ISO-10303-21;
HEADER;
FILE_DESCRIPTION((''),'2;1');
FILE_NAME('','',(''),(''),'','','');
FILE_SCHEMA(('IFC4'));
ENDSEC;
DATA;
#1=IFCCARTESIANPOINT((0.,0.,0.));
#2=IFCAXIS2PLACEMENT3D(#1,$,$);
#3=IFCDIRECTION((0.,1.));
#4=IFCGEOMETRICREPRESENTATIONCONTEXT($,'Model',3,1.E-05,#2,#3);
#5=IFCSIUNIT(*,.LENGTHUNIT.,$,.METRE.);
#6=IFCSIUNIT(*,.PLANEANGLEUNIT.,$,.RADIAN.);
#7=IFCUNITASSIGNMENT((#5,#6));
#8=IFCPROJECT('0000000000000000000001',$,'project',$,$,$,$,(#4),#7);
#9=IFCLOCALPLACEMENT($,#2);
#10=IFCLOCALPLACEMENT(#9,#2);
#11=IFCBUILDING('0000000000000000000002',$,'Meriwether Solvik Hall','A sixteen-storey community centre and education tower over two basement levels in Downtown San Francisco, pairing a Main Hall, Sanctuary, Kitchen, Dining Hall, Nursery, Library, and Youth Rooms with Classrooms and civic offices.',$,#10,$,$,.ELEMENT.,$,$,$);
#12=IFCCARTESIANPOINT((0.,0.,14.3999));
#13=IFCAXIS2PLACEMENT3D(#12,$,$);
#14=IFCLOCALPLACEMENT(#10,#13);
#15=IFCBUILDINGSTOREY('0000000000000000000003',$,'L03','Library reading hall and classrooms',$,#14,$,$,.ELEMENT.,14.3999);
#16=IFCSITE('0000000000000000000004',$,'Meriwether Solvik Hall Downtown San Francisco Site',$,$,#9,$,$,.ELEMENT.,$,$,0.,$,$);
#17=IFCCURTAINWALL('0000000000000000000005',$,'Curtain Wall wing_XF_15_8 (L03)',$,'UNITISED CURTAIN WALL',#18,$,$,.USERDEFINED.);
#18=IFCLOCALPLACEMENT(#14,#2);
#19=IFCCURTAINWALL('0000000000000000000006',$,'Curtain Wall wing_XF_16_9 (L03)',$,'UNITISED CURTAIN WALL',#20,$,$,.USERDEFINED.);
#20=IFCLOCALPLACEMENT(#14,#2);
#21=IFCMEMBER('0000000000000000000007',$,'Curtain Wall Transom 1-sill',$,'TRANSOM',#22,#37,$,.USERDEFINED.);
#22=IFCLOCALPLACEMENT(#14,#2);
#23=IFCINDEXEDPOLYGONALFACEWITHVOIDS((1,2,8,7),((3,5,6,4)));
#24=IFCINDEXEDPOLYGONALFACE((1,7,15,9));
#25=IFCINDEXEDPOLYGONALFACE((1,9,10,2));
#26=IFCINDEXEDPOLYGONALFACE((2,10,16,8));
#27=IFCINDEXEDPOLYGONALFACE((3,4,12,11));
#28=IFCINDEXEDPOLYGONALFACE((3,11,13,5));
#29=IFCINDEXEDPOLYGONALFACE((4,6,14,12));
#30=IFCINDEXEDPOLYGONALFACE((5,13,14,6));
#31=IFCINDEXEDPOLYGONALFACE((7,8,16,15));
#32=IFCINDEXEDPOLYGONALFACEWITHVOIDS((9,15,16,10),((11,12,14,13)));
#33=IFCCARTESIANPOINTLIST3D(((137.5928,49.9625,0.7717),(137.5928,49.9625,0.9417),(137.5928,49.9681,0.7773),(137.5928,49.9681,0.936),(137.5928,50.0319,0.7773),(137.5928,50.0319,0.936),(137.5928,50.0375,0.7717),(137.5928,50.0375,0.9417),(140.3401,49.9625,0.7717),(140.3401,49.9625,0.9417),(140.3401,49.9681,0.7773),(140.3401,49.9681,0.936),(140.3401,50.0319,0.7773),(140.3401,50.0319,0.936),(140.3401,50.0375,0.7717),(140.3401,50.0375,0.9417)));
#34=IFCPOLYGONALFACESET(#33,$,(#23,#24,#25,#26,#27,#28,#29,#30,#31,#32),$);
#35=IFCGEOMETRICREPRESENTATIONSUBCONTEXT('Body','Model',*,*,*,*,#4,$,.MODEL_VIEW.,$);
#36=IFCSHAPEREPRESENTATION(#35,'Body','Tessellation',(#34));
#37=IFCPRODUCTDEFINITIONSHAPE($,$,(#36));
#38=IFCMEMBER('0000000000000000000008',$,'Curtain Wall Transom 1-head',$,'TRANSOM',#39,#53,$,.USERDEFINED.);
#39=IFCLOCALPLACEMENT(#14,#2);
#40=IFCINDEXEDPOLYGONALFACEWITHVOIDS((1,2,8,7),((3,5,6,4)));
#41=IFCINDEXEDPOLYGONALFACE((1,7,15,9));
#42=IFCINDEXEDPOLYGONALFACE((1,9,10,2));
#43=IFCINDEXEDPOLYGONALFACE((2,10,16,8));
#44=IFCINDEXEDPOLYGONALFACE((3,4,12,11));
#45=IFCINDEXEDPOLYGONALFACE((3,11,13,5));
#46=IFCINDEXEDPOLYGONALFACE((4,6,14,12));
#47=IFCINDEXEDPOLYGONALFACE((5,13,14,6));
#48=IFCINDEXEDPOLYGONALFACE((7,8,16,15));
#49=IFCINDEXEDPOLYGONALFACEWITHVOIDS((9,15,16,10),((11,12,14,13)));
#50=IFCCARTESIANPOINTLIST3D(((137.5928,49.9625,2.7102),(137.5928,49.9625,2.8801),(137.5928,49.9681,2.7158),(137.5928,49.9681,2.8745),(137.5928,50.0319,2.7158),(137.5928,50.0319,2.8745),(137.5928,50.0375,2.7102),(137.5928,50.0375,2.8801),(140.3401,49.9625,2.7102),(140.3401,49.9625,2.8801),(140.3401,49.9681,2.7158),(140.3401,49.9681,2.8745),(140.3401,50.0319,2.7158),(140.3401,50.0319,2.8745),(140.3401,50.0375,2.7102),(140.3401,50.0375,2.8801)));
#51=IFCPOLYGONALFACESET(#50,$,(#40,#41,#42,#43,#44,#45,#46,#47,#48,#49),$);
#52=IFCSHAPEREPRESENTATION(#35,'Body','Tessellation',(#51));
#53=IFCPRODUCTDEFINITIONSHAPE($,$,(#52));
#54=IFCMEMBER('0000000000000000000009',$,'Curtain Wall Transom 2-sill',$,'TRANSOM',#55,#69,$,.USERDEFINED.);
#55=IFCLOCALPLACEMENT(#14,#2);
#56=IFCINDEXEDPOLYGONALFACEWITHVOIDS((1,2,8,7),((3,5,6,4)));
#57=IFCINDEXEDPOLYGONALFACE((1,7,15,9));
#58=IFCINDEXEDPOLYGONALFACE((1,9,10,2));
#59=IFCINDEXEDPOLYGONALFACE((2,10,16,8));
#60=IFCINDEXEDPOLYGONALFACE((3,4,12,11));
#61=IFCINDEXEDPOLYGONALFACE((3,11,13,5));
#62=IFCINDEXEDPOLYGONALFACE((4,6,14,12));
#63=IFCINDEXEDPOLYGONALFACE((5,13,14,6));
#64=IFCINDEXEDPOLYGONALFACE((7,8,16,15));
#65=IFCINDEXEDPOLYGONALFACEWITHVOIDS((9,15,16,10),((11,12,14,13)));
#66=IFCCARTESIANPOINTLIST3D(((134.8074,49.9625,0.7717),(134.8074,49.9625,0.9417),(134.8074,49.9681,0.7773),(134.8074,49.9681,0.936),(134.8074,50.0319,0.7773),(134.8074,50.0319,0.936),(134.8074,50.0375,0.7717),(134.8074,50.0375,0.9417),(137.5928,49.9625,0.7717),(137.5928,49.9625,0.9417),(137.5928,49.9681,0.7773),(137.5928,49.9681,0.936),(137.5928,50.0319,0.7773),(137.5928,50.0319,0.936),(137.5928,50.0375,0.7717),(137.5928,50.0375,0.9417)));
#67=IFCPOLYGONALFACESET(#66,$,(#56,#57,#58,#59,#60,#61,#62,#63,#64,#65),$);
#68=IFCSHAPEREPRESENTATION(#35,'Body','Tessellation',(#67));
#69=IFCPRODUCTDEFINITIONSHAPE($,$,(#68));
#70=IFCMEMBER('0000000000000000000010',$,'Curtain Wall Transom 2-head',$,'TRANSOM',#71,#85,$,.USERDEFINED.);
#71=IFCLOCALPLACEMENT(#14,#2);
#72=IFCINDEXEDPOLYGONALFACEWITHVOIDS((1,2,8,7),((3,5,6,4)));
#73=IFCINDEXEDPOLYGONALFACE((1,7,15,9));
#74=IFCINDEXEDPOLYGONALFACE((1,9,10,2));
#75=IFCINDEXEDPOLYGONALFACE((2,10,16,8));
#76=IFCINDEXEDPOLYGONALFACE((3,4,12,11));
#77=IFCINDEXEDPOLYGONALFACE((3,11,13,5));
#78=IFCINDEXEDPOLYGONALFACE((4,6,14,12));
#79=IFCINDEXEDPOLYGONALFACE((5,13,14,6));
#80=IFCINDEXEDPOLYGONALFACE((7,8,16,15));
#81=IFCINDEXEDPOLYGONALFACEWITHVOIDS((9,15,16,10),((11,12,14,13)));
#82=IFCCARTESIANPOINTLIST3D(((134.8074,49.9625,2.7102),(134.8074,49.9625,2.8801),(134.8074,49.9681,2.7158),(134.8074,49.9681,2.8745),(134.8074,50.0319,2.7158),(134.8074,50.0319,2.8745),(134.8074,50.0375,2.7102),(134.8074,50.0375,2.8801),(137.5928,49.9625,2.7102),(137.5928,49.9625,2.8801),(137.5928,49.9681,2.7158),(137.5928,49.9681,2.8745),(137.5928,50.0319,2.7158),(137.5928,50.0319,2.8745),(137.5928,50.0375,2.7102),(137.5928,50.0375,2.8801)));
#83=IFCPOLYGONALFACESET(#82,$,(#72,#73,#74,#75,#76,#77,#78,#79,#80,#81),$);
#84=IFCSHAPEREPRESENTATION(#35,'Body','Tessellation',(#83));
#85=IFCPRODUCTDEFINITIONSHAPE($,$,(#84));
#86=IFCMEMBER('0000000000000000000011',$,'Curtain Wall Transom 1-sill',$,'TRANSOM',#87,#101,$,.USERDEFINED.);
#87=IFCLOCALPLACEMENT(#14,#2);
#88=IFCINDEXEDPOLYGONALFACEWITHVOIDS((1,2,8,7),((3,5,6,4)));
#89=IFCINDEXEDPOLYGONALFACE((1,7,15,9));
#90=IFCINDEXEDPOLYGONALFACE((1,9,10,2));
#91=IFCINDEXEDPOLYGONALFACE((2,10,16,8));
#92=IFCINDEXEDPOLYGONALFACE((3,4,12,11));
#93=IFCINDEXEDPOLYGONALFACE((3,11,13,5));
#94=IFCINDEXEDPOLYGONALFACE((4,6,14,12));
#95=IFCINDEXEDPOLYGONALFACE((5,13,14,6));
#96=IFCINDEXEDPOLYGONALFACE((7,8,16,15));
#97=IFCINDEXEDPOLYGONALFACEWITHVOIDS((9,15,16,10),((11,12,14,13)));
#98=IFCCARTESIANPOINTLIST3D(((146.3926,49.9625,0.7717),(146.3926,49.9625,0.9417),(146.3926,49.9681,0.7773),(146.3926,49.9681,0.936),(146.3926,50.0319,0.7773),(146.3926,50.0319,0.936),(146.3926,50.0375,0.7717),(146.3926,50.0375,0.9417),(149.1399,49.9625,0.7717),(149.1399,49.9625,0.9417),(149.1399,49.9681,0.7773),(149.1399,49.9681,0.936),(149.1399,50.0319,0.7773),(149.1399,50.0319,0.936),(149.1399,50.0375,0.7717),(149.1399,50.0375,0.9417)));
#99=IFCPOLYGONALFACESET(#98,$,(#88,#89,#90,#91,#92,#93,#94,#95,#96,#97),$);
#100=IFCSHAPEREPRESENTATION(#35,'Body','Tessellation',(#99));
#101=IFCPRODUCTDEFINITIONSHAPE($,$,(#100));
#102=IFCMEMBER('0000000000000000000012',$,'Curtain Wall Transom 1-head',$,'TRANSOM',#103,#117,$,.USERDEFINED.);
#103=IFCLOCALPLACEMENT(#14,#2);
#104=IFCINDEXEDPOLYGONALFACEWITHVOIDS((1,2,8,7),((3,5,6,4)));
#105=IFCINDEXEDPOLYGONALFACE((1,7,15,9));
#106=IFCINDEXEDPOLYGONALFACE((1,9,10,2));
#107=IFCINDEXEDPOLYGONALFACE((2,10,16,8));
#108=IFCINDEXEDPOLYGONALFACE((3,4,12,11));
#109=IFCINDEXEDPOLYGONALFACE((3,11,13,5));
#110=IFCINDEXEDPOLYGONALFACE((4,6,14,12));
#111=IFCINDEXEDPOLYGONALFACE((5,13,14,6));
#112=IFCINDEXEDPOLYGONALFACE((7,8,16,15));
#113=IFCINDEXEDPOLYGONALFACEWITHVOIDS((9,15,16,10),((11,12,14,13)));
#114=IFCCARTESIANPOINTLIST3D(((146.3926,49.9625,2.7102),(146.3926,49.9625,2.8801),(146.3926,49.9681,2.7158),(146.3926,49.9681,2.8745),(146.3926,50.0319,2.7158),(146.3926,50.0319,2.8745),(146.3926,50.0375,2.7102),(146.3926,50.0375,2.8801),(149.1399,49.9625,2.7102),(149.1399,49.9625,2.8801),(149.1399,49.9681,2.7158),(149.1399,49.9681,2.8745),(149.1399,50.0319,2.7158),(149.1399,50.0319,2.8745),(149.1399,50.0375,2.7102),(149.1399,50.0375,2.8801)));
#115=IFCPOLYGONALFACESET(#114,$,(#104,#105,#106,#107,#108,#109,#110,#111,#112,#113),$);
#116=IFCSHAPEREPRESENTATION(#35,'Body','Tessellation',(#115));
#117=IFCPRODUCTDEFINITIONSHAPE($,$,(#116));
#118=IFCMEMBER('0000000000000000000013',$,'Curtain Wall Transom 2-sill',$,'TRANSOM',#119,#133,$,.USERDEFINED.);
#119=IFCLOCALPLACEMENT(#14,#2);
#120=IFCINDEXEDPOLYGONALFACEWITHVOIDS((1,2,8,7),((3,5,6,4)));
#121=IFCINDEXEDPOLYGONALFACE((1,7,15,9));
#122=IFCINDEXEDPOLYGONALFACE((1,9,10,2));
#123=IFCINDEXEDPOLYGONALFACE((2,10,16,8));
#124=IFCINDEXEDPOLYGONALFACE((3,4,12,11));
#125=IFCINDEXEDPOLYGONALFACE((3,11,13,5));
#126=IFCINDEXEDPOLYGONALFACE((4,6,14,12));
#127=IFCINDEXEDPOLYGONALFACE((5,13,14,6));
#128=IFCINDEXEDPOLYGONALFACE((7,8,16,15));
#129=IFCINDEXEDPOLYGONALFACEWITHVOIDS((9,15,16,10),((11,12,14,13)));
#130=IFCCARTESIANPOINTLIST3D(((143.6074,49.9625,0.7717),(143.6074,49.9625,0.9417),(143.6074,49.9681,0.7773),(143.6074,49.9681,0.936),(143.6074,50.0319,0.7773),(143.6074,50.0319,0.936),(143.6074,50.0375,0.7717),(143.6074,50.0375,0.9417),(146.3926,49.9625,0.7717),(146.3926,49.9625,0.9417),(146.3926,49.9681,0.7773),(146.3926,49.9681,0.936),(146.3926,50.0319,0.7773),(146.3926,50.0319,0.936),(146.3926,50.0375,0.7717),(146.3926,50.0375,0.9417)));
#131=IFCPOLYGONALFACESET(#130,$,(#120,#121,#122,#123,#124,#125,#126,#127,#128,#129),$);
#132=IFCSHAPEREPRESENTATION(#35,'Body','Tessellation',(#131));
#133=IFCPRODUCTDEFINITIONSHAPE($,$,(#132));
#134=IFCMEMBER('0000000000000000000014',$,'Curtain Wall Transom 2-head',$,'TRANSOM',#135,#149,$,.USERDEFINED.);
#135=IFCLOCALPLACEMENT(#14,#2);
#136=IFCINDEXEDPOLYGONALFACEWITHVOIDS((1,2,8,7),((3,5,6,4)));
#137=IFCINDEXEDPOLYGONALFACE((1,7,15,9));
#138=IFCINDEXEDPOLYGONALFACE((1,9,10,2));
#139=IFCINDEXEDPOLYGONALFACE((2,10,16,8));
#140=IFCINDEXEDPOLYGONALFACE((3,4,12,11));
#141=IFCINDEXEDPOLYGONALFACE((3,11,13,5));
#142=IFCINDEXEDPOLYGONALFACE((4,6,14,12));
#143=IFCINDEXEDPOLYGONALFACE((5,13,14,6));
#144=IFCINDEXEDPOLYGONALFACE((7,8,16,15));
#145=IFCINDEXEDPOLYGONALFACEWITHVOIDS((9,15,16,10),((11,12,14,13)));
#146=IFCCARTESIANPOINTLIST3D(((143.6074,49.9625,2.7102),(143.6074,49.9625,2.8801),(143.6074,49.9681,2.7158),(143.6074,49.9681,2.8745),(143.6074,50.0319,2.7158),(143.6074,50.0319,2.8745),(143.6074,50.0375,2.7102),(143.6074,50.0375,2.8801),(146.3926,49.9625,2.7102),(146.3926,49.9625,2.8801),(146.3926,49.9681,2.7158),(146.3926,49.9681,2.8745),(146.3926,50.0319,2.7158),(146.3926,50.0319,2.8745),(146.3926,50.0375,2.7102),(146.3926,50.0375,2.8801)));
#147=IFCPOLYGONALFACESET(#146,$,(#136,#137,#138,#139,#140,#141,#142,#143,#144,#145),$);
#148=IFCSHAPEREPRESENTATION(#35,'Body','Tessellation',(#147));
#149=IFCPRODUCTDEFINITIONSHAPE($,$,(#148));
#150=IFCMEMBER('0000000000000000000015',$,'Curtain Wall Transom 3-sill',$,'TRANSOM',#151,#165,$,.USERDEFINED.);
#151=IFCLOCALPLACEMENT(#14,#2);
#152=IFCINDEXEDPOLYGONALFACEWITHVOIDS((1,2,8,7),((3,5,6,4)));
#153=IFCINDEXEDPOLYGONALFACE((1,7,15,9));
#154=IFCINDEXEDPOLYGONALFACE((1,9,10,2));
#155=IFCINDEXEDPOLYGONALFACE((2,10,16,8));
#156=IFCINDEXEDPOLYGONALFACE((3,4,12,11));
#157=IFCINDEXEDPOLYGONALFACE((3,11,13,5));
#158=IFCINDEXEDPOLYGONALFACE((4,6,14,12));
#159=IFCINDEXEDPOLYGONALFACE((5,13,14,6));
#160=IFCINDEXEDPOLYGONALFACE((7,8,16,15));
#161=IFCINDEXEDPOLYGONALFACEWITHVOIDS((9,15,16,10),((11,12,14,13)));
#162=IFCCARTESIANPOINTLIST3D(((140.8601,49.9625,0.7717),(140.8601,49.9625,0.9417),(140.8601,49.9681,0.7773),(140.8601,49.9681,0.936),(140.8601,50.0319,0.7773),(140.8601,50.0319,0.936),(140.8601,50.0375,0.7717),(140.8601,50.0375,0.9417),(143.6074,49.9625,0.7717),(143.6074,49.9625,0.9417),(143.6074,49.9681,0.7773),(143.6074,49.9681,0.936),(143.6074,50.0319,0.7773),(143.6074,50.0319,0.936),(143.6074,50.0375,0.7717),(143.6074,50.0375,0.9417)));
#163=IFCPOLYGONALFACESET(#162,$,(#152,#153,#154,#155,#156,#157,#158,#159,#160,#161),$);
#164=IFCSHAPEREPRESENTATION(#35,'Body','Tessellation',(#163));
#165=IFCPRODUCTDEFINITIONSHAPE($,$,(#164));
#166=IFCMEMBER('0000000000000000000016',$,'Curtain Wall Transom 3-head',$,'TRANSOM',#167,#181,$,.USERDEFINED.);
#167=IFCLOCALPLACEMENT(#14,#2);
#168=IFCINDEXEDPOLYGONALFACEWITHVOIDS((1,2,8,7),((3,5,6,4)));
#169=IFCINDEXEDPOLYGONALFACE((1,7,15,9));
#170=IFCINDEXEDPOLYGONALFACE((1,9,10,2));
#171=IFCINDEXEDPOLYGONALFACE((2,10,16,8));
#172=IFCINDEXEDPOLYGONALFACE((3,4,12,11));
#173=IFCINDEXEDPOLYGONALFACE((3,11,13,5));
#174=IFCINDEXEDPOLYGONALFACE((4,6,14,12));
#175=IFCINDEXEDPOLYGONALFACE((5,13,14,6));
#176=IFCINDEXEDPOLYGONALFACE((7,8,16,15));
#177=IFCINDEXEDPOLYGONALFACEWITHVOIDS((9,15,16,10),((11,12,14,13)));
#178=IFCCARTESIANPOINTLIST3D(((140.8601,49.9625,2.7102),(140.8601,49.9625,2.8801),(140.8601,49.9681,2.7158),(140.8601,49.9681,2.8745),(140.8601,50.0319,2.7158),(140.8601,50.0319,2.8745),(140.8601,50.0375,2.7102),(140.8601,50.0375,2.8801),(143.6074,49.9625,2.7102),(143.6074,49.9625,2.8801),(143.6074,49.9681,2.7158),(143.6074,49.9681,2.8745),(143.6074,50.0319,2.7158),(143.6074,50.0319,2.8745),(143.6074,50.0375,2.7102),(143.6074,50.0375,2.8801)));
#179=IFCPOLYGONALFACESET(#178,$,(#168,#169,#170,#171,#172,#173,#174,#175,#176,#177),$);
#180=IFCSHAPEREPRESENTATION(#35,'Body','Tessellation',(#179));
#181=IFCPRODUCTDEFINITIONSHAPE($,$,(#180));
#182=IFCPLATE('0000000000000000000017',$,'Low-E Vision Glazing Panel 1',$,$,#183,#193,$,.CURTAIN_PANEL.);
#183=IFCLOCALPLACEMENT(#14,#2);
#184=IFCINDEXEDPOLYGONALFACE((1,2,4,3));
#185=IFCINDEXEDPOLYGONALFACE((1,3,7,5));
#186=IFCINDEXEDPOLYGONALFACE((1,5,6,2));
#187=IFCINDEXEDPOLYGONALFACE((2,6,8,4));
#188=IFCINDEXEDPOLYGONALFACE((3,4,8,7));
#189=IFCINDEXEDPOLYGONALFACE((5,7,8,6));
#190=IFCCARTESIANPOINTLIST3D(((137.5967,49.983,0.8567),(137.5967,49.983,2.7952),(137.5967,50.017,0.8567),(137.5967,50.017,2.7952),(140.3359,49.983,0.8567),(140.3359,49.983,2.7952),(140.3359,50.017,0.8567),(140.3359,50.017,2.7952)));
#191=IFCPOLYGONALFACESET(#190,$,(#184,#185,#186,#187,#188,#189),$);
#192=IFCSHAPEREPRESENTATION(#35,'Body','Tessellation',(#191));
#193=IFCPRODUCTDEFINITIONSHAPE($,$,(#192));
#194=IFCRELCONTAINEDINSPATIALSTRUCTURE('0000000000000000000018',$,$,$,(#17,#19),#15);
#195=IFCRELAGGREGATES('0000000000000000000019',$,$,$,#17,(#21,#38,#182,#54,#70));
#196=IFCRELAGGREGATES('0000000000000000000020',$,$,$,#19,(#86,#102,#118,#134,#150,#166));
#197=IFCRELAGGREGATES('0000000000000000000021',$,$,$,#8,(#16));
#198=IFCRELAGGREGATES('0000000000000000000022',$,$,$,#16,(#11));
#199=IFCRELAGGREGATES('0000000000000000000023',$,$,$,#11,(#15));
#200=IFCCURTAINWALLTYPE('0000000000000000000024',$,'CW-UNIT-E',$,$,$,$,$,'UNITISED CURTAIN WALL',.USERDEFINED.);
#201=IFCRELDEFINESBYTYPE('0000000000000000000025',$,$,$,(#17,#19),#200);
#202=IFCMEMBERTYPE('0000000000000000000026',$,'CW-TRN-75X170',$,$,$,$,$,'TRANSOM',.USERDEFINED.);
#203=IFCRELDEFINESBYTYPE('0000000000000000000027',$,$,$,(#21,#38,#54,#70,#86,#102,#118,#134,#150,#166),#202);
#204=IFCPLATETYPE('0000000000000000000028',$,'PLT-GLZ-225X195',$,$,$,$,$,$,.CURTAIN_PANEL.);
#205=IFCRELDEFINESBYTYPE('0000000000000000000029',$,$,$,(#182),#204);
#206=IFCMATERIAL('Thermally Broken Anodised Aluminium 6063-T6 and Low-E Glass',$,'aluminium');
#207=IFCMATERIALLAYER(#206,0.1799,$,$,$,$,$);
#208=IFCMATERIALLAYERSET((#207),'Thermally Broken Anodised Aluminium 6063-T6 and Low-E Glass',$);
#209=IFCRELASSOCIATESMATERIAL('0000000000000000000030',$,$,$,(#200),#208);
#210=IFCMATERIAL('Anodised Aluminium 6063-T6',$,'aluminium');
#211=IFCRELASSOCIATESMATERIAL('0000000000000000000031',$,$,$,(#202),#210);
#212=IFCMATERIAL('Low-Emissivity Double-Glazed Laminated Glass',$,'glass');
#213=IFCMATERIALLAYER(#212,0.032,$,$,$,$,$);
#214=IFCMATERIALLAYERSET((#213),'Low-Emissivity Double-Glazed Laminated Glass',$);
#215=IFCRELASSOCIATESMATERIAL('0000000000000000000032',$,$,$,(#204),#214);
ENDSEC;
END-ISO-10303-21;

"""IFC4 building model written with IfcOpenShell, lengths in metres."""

from ifc_helpers import new_model, si_unit, direction, frame, origin, origin_2d, place, context, subcontext, project, spatial, rectangle, hollow_rectangle, extrude, material, layer, layer_set, material_profile, profile_set, type_object, element, aggregate, save


model = new_model("IFC4")

# Units and contexts
model_context = context("Model", 3, precision=1e-05, world=origin(), true_north=direction((0.0, 1.0)))
body_context = subcontext(model_context, "Body", "Model", "MODEL_VIEW")
ifc_project = project(units=[si_unit("LENGTHUNIT", "METRE"), si_unit("PLANEANGLEUNIT", "RADIAN")], contexts=[model_context])

# Site, building, storey
site_placement = place(None, origin())
site = spatial("IfcSite", under=ifc_project, at=site_placement, Name="Meriwether Solvik Hall Downtown San Francisco Site", CompositionType="ELEMENT", RefElevation=0.0)
building_placement = place(site_placement, origin())
building = spatial("IfcBuilding", under=site, at=building_placement, Name="Meriwether Solvik Hall", Description="A sixteen-storey community centre and education tower over two basement levels in Downtown San Francisco, pairing a Main Hall, Sanctuary, Kitchen, Dining Hall, Nursery, Library, and Youth Rooms with Classrooms and civic offices.", CompositionType="ELEMENT")
storey_placement = place(building_placement, frame((0.0, 0.0, 14.3999)))
storey = spatial("IfcBuildingStorey", under=building, at=storey_placement, Name="L03", Description="Library reading hall and classrooms", CompositionType="ELEMENT", Elevation=14.3999)

# Curtain walls
ifc_material_1 = material(Name="Thermally Broken Anodised Aluminium 6063-T6 and Low-E Glass", Category="aluminium")
ifc_layer_1 = layer(ifc_material_1, 0.1799)
ifc_layer_set_1 = layer_set([ifc_layer_1], Name="Thermally Broken Anodised Aluminium 6063-T6 and Low-E Glass")
curtain_wall_type = type_object("IfcCurtainWallType", Name="CW-UNIT-E", ElementType="UNITISED CURTAIN WALL", PredefinedType="USERDEFINED", material=ifc_layer_set_1)
curtain_wall_1_placement = place(storey_placement, origin())
curtain_wall_1 = element("IfcCurtainWall", 1, at=curtain_wall_1_placement, inside=storey, type_object=curtain_wall_type, Name="Curtain Wall wing_XF_15_8 (L03)", ObjectType="UNITISED CURTAIN WALL", PredefinedType="USERDEFINED")
curtain_wall_2_placement = place(storey_placement, origin())
curtain_wall_2 = element("IfcCurtainWall", 2, at=curtain_wall_2_placement, inside=storey, type_object=curtain_wall_type, Name="Curtain Wall wing_XF_16_9 (L03)", ObjectType="UNITISED CURTAIN WALL", PredefinedType="USERDEFINED")

# Members
ifc_material_2 = material(Name="Anodised Aluminium 6063-T6", Category="aluminium")
ifc_material_profile_1 = material_profile(ifc_material_2, hollow_rectangle(XDim=0.075, YDim=0.1699, WallThickness=0.0056, at=origin_2d()), Name="CWT-75X170")
ifc_profile_set_1 = profile_set([ifc_material_profile_1], Name="Anodised Aluminium 6063-T6")
member_type_1 = type_object("IfcMemberType", Name="CW-TRN-75X170", ElementType="TRANSOM", PredefinedType="USERDEFINED", material=ifc_profile_set_1)
member_1_placement = place(storey_placement, frame((140.3401, 50.0, 0.8567), z_axis=(-1.0, 0.0, 0.0), x_axis=(0.0, -1.0, 0.0)))
member_1 = element("IfcMember", 3, at=member_1_placement, type_object=member_type_1, Name="Curtain Wall Transom 1-sill", ObjectType="TRANSOM", PredefinedType="USERDEFINED", context=body_context, shape_type="SweptSolid", body=[
    extrude(hollow_rectangle(XDim=0.075, YDim=0.1699, WallThickness=0.0056, at=origin_2d()), origin(), (0.0, 0.0, 1.0), 2.7473),
])
member_2_placement = place(storey_placement, frame((140.3401, 50.0, 2.7952), z_axis=(-1.0, 0.0, 0.0), x_axis=(0.0, -1.0, 0.0)))
member_2 = element("IfcMember", 4, at=member_2_placement, type_object=member_type_1, Name="Curtain Wall Transom 1-head", ObjectType="TRANSOM", PredefinedType="USERDEFINED", context=body_context, shape_type="SweptSolid", body=[
    extrude(hollow_rectangle(XDim=0.075, YDim=0.1699, WallThickness=0.0056, at=origin_2d()), origin(), (0.0, 0.0, 1.0), 2.7473),
])
member_3_placement = place(storey_placement, frame((137.5928, 50.0, 0.8567), z_axis=(-1.0, 0.0, 0.0), x_axis=(0.0, -1.0, 0.0)))
member_3 = element("IfcMember", 5, at=member_3_placement, type_object=member_type_1, Name="Curtain Wall Transom 2-sill", ObjectType="TRANSOM", PredefinedType="USERDEFINED", context=body_context, shape_type="SweptSolid", body=[
    extrude(hollow_rectangle(XDim=0.075, YDim=0.1699, WallThickness=0.0056, at=origin_2d()), origin(), (0.0, 0.0, 1.0), 2.7854),
])
member_4_placement = place(storey_placement, frame((137.5928, 50.0, 2.7952), z_axis=(-1.0, 0.0, 0.0), x_axis=(0.0, -1.0, 0.0)))
member_4 = element("IfcMember", 6, at=member_4_placement, type_object=member_type_1, Name="Curtain Wall Transom 2-head", ObjectType="TRANSOM", PredefinedType="USERDEFINED", context=body_context, shape_type="SweptSolid", body=[
    extrude(hollow_rectangle(XDim=0.075, YDim=0.1699, WallThickness=0.0056, at=origin_2d()), origin(), (0.0, 0.0, 1.0), 2.7854),
])
member_5_placement = place(storey_placement, frame((149.1399, 50.0, 0.8567), z_axis=(-1.0, 0.0, 0.0), x_axis=(0.0, -1.0, 0.0)))
member_5 = element("IfcMember", 7, at=member_5_placement, type_object=member_type_1, Name="Curtain Wall Transom 1-sill", ObjectType="TRANSOM", PredefinedType="USERDEFINED", context=body_context, shape_type="SweptSolid", body=[
    extrude(hollow_rectangle(XDim=0.075, YDim=0.1699, WallThickness=0.0056, at=origin_2d()), origin(), (0.0, 0.0, 1.0), 2.7473),
])
member_6_placement = place(storey_placement, frame((149.1399, 50.0, 2.7952), z_axis=(-1.0, 0.0, 0.0), x_axis=(0.0, -1.0, 0.0)))
member_6 = element("IfcMember", 8, at=member_6_placement, type_object=member_type_1, Name="Curtain Wall Transom 1-head", ObjectType="TRANSOM", PredefinedType="USERDEFINED", context=body_context, shape_type="SweptSolid", body=[
    extrude(hollow_rectangle(XDim=0.075, YDim=0.1699, WallThickness=0.0056, at=origin_2d()), origin(), (0.0, 0.0, 1.0), 2.7473),
])
member_7_placement = place(storey_placement, frame((146.3926, 50.0, 0.8567), z_axis=(-1.0, 0.0, 0.0), x_axis=(0.0, -1.0, 0.0)))
member_7 = element("IfcMember", 9, at=member_7_placement, type_object=member_type_1, Name="Curtain Wall Transom 2-sill", ObjectType="TRANSOM", PredefinedType="USERDEFINED", context=body_context, shape_type="SweptSolid", body=[
    extrude(hollow_rectangle(XDim=0.075, YDim=0.1699, WallThickness=0.0056, at=origin_2d()), origin(), (0.0, 0.0, 1.0), 2.7852),
])
member_8_placement = place(storey_placement, frame((146.3926, 50.0, 2.7952), z_axis=(-1.0, 0.0, 0.0), x_axis=(0.0, -1.0, 0.0)))
member_8 = element("IfcMember", 10, at=member_8_placement, type_object=member_type_1, Name="Curtain Wall Transom 2-head", ObjectType="TRANSOM", PredefinedType="USERDEFINED", context=body_context, shape_type="SweptSolid", body=[
    extrude(hollow_rectangle(XDim=0.075, YDim=0.1699, WallThickness=0.0056, at=origin_2d()), origin(), (0.0, 0.0, 1.0), 2.7852),
])
member_9_placement = place(storey_placement, frame((143.6074, 50.0, 0.8567), z_axis=(-1.0, 0.0, 0.0), x_axis=(0.0, -1.0, 0.0)))
member_9 = element("IfcMember", 11, at=member_9_placement, type_object=member_type_1, Name="Curtain Wall Transom 3-sill", ObjectType="TRANSOM", PredefinedType="USERDEFINED", context=body_context, shape_type="SweptSolid", body=[
    extrude(hollow_rectangle(XDim=0.075, YDim=0.1699, WallThickness=0.0056, at=origin_2d()), origin(), (0.0, 0.0, 1.0), 2.7473),
])
member_10_placement = place(storey_placement, frame((143.6074, 50.0, 2.7952), z_axis=(-1.0, 0.0, 0.0), x_axis=(0.0, -1.0, 0.0)))
member_10 = element("IfcMember", 12, at=member_10_placement, type_object=member_type_1, Name="Curtain Wall Transom 3-head", ObjectType="TRANSOM", PredefinedType="USERDEFINED", context=body_context, shape_type="SweptSolid", body=[
    extrude(hollow_rectangle(XDim=0.075, YDim=0.1699, WallThickness=0.0056, at=origin_2d()), origin(), (0.0, 0.0, 1.0), 2.7473),
])

# Plate
ifc_material_3 = material(Name="Low-Emissivity Double-Glazed Laminated Glass", Category="glass")
ifc_layer_2 = layer(ifc_material_3, 0.032)
ifc_layer_set_2 = layer_set([ifc_layer_2], Name="Low-Emissivity Double-Glazed Laminated Glass")
plate_type_1 = type_object("IfcPlateType", Name="PLT-GLZ-225X195", PredefinedType="CURTAIN_PANEL", material=ifc_layer_set_2)
plate_1_placement = place(storey_placement, frame((138.9663, 50.0, 0.8567), z_axis=(0.0, 0.0, 1.0), x_axis=(-1.0, 0.0, 0.0)))
plate_1 = element("IfcPlate", 13, at=plate_1_placement, type_object=plate_type_1, Name="Low-E Vision Glazing Panel 1", PredefinedType="CURTAIN_PANEL", context=body_context, shape_type="SweptSolid", body=[
    extrude(rectangle(XDim=2.7393, YDim=0.0339, at=origin_2d()), origin(), (0.0, 0.0, 1.0), 1.9385),
])
aggregate(curtain_wall_1, [member_1, member_2, plate_1, member_3, member_4])
aggregate(curtain_wall_2, [member_5, member_6, member_7, member_8, member_9, member_10])

save(model, "model.ifc")
